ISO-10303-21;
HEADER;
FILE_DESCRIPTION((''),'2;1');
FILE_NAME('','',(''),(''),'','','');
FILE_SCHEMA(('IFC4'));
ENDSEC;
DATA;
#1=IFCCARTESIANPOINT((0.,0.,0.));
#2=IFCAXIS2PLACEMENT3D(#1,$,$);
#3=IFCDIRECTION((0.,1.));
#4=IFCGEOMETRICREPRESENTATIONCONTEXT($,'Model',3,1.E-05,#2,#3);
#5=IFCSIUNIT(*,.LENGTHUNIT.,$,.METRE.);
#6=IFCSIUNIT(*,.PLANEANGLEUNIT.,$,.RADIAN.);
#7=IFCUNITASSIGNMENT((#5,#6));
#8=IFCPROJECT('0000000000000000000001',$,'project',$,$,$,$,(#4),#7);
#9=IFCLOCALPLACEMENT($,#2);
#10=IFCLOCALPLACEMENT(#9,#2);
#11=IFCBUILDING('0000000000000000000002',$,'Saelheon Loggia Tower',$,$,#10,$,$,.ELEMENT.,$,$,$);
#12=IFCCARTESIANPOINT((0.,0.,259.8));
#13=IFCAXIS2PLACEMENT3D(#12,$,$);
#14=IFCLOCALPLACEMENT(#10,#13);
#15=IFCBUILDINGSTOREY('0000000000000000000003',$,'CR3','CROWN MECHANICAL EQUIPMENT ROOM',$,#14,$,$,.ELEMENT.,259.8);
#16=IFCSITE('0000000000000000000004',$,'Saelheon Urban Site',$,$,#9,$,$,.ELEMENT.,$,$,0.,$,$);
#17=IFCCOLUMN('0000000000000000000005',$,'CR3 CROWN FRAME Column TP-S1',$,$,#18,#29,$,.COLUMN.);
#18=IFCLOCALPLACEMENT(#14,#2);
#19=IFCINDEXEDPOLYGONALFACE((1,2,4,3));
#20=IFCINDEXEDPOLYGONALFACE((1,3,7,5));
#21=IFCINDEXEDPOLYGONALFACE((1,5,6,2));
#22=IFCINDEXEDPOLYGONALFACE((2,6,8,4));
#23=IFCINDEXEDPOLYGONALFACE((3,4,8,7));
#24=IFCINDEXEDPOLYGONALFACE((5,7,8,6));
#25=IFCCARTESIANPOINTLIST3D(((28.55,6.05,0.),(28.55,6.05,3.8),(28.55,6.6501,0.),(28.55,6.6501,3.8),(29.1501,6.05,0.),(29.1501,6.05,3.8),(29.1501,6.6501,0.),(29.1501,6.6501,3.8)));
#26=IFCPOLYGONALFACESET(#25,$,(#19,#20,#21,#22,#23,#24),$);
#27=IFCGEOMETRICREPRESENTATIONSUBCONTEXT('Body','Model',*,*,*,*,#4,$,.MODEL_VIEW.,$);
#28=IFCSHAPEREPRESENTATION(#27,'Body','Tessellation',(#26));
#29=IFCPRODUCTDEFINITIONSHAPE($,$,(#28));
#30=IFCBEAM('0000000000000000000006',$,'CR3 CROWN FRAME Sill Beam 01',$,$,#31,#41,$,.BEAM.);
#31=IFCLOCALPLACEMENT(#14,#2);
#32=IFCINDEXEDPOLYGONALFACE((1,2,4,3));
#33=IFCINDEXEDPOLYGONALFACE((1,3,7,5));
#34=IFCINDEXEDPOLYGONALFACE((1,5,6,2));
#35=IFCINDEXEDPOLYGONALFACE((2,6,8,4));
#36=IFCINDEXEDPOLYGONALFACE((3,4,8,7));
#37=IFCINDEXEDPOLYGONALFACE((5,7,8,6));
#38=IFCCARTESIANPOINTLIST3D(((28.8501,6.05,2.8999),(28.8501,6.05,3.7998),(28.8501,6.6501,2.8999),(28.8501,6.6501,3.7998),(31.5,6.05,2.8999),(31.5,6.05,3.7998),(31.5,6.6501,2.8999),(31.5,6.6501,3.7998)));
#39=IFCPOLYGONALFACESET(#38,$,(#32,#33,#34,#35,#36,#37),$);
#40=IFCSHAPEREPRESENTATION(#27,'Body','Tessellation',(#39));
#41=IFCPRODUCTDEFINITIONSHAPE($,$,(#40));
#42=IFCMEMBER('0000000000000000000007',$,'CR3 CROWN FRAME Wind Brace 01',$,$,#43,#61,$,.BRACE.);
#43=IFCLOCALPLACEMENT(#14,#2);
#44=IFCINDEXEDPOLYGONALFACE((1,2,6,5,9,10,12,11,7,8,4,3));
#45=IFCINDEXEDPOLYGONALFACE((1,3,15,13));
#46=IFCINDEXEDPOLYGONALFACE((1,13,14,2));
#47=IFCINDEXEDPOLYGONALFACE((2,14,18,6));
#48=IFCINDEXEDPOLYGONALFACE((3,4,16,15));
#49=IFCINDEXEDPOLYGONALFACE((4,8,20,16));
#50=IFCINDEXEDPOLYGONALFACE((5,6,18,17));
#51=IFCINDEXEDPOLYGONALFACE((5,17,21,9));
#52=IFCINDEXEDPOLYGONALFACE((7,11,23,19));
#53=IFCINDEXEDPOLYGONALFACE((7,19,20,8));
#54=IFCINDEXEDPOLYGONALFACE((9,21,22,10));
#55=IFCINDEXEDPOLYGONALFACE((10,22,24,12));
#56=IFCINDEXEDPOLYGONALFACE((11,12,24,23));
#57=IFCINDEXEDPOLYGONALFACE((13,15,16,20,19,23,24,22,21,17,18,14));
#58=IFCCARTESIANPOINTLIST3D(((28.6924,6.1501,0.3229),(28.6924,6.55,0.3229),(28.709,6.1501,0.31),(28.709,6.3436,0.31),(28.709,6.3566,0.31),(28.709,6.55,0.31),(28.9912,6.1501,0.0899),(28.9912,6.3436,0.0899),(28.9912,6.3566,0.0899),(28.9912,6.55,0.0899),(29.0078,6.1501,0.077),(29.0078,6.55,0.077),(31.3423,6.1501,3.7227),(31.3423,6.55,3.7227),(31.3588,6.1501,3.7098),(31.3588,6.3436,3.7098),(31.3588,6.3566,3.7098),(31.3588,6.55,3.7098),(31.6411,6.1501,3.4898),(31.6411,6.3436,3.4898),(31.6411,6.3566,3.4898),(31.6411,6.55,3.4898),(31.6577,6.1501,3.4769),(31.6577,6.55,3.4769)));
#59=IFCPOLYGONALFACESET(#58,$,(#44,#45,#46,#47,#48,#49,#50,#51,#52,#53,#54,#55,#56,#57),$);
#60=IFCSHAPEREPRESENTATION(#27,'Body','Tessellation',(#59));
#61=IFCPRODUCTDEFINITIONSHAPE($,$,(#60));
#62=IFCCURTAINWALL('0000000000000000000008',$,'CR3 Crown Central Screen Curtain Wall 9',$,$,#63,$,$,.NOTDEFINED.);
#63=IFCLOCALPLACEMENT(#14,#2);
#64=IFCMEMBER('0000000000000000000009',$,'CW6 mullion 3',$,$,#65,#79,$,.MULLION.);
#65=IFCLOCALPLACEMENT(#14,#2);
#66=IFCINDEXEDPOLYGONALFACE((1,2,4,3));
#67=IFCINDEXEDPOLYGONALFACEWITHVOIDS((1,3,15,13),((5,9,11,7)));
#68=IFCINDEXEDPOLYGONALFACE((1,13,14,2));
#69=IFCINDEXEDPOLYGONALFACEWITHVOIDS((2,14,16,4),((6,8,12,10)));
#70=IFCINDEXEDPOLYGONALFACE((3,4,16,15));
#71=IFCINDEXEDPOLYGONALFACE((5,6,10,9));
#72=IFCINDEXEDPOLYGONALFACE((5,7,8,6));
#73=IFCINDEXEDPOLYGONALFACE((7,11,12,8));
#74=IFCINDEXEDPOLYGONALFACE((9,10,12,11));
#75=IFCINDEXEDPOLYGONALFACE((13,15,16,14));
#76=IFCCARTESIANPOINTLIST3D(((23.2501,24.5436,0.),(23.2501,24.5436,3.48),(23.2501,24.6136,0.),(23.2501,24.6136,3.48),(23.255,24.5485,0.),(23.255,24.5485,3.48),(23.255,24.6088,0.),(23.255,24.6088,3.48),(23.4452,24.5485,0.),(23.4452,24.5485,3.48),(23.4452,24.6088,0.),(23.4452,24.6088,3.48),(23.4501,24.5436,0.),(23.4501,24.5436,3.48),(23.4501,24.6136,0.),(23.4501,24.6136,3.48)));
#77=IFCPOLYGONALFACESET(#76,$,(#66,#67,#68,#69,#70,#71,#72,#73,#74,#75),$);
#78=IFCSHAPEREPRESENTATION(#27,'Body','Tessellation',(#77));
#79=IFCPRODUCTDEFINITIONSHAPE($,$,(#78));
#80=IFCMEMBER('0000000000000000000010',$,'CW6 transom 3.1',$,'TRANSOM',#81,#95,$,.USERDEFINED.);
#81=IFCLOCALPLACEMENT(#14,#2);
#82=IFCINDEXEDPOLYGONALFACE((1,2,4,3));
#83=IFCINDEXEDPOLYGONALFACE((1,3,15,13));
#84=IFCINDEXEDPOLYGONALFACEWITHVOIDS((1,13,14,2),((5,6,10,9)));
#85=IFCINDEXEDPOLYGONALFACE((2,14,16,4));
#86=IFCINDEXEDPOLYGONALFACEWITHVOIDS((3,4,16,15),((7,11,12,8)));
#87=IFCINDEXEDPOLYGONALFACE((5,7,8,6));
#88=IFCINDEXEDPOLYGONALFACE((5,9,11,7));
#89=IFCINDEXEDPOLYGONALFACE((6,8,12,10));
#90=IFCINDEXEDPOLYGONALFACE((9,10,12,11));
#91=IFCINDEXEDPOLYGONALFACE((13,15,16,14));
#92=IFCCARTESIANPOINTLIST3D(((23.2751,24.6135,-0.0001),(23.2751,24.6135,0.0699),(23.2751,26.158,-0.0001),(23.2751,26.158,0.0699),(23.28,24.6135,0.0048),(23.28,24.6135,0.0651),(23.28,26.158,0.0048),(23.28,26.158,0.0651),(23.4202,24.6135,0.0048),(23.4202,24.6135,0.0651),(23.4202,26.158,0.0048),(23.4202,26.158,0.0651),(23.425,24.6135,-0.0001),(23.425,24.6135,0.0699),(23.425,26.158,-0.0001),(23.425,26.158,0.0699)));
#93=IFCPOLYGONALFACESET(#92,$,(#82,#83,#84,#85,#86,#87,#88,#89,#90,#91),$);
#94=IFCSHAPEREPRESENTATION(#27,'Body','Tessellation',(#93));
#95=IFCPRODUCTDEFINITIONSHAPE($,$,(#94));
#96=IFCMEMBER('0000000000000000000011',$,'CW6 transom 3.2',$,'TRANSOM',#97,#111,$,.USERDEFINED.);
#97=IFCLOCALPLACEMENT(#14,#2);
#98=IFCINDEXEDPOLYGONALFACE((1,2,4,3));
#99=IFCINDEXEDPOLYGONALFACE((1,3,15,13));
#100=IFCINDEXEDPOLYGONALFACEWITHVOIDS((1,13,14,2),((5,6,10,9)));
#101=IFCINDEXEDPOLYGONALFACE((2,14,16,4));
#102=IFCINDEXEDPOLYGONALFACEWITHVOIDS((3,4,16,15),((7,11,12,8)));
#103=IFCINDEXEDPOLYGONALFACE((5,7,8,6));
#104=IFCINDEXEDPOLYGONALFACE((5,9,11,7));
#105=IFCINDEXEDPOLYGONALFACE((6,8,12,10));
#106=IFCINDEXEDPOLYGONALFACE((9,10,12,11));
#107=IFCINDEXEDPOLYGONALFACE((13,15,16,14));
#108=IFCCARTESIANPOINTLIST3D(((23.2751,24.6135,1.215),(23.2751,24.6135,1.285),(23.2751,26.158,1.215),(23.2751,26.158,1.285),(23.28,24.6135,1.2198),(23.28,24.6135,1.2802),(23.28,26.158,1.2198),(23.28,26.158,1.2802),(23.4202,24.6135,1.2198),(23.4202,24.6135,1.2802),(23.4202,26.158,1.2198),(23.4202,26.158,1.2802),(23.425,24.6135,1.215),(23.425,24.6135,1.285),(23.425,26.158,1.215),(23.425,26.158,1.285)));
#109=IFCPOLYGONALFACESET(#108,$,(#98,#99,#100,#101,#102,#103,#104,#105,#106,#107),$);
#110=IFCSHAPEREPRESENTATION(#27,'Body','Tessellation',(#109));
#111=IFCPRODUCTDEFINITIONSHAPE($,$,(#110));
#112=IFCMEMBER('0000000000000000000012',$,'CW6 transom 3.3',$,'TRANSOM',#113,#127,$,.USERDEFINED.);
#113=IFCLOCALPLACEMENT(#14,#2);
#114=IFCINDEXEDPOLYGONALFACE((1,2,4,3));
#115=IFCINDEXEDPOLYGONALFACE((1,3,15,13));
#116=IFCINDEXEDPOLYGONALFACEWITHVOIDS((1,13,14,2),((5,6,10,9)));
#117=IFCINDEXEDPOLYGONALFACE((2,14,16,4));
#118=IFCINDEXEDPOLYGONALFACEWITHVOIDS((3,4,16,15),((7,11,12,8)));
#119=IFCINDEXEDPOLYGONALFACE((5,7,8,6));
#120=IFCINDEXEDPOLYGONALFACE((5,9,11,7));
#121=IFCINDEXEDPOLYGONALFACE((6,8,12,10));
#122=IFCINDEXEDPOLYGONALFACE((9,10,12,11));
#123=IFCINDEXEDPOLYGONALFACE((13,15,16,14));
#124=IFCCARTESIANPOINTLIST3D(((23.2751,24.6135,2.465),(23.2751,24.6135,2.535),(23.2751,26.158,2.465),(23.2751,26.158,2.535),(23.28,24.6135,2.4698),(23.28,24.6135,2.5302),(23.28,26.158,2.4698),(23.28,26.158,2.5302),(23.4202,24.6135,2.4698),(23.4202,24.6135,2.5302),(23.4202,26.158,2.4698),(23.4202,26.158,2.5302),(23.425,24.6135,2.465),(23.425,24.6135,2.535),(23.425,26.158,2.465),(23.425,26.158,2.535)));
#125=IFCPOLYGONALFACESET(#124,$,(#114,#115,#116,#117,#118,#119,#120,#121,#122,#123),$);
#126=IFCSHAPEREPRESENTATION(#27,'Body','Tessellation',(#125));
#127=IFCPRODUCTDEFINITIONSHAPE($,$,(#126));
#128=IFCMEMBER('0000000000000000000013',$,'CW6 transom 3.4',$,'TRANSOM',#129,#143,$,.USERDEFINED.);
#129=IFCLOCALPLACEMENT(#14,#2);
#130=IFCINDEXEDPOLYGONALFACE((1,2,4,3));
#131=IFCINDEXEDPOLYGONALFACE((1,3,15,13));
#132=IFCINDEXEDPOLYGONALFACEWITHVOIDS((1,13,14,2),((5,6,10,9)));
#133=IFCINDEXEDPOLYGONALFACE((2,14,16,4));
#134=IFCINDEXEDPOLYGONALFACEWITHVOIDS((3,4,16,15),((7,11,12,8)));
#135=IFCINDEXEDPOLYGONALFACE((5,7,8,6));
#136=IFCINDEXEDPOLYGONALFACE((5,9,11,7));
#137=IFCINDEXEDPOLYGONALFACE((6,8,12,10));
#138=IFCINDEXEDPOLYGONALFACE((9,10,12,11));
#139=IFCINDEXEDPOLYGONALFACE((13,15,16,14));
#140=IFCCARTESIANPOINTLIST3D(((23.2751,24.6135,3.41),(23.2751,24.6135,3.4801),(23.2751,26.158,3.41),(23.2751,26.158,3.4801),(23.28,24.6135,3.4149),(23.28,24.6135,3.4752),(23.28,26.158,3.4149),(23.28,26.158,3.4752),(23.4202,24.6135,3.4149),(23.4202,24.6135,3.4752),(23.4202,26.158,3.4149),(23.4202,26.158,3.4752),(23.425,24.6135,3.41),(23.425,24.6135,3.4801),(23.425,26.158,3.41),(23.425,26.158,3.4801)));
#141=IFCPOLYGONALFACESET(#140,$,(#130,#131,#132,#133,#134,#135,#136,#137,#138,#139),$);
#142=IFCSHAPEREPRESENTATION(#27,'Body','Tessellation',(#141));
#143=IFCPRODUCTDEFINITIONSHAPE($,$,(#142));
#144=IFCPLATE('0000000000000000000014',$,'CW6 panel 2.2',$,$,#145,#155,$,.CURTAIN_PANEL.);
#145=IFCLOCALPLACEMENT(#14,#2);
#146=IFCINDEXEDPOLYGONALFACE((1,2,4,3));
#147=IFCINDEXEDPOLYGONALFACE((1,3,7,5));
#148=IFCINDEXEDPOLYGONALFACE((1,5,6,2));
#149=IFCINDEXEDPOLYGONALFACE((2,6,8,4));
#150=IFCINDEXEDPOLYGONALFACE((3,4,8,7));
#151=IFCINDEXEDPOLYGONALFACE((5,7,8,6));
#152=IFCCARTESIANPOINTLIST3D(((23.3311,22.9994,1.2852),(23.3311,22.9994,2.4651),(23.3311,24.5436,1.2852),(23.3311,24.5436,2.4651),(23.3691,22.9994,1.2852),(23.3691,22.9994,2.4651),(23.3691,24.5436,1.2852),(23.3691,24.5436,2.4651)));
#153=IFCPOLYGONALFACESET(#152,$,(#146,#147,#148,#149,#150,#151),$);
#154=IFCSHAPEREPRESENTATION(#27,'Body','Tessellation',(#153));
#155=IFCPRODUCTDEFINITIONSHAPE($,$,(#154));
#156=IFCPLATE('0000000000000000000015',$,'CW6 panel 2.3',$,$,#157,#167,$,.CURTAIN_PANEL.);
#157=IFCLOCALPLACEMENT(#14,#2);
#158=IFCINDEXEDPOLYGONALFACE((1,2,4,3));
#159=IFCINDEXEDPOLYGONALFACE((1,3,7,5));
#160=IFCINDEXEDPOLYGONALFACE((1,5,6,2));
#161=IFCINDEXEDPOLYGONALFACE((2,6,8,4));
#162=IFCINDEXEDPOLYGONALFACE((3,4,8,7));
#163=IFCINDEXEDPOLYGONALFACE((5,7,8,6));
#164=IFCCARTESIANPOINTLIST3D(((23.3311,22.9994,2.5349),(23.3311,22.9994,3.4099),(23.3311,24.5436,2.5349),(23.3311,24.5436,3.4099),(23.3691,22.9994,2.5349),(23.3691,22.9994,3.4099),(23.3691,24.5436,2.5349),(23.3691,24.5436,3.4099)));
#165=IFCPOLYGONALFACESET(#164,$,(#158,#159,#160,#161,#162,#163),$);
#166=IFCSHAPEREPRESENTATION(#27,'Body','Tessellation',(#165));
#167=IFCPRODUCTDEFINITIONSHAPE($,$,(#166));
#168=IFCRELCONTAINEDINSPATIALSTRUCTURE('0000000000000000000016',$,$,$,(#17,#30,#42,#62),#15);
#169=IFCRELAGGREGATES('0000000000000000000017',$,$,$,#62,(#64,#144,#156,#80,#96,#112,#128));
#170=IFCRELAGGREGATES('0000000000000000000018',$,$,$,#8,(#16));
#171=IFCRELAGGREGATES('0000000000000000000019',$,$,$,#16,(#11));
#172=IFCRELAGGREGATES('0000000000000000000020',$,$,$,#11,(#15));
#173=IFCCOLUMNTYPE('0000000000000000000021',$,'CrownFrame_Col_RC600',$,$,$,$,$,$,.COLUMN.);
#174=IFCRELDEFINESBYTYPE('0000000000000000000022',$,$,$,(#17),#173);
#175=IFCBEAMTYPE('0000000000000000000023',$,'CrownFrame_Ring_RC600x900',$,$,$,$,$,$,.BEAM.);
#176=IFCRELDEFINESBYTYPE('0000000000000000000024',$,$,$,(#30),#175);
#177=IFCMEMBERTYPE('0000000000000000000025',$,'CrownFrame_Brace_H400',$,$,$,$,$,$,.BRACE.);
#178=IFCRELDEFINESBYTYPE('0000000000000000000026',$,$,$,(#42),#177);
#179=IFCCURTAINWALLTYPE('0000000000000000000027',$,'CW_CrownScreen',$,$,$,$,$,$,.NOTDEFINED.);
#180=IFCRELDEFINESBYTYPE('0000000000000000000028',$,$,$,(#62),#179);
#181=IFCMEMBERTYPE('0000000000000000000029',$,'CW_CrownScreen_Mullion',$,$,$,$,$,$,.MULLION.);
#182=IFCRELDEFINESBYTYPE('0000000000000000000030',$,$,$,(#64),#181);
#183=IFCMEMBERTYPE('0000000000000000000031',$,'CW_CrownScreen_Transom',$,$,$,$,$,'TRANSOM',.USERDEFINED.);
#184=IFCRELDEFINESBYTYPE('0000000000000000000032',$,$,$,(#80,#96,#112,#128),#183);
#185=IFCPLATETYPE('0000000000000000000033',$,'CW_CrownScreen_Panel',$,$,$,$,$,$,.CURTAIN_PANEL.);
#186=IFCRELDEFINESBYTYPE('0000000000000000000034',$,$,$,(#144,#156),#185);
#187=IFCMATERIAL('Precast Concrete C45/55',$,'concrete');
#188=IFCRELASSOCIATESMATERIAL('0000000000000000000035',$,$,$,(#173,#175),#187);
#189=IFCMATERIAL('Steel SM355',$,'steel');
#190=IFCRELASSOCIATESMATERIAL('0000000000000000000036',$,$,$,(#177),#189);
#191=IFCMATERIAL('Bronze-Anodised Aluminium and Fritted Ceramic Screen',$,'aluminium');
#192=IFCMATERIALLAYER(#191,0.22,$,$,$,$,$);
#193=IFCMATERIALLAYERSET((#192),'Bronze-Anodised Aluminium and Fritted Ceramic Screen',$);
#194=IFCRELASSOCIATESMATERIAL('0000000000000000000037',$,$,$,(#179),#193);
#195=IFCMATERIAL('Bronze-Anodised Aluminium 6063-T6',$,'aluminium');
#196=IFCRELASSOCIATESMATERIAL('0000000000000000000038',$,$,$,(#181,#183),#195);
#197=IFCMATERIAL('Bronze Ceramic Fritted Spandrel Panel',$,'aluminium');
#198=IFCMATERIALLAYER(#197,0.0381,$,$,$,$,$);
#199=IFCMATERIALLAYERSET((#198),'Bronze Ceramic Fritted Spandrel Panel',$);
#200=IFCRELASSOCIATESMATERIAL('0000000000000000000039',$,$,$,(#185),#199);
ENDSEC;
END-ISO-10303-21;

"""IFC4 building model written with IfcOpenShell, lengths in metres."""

from ifc_helpers import new_model, si_unit, direction, frame, origin, origin_2d, place, context, subcontext, project, spatial, rectangle, hollow_rectangle, i_section, extrude, source, transform, mapped, material, layer, layer_set, material_profile, profile_set, type_object, element, aggregate, save


model = new_model("IFC4")

# Units and contexts
model_context = context("Model", 3, precision=1e-05, world=origin(), true_north=direction((0.0, 1.0)))
body_context = subcontext(model_context, "Body", "Model", "MODEL_VIEW")
ifc_project = project(units=[si_unit("LENGTHUNIT", "METRE"), si_unit("PLANEANGLEUNIT", "RADIAN")], contexts=[model_context])

# Site, building, storey
site_placement = place(None, origin())
site = spatial("IfcSite", under=ifc_project, at=site_placement, Name="Saelheon Urban Site", CompositionType="ELEMENT", RefElevation=0.0)
building_placement = place(site_placement, origin())
building = spatial("IfcBuilding", under=site, at=building_placement, Name="Saelheon Loggia Tower", CompositionType="ELEMENT")
storey_placement = place(building_placement, frame((0.0, 0.0, 259.8)))
storey = spatial("IfcBuildingStorey", under=building, at=storey_placement, Name="CR3", Description="CROWN MECHANICAL EQUIPMENT ROOM", CompositionType="ELEMENT", Elevation=259.8)

# Column
ifc_material_1 = material(Name="Precast Concrete C45/55", Category="concrete")
ifc_material_profile_1 = material_profile(ifc_material_1, rectangle(XDim=0.6001, YDim=0.6001, at=origin_2d()), Name="RC-600x600")
ifc_profile_set_1 = profile_set([ifc_material_profile_1], Name="Precast Concrete C45/55")
column_type = type_object("IfcColumnType", Name="CrownFrame_Col_RC600", PredefinedType="COLUMN", material=ifc_profile_set_1)
shared_shape_1 = source(origin(), body_context, "Body", "SweptSolid", [
    extrude(rectangle(XDim=0.6001, YDim=0.6001, at=origin_2d()), origin(), (0.0, 0.0, 1.0), 3.8),
])
column_placement = place(storey_placement, frame((28.8501, 6.3501, 0.0), z_axis=(0.0, 0.0, 1.0), x_axis=(1.0, 0.0, 0.0)))
element("IfcColumn", 1, at=column_placement, inside=storey, type_object=column_type, Name="CR3 CROWN FRAME Column TP-S1", PredefinedType="COLUMN", context=body_context, shape_type="MappedRepresentation", body=[
    mapped(shared_shape_1, transform((0.0, 0.0, 0.0), scale=1.0)),
])

# Beam
ifc_material_profile_2 = material_profile(ifc_material_1, rectangle(XDim=0.6001, YDim=0.8999, at=origin_2d()), Name="RC-600x900")
ifc_profile_set_2 = profile_set([ifc_material_profile_2], Name="Precast Concrete C45/55")
beam_type = type_object("IfcBeamType", Name="CrownFrame_Ring_RC600x900", PredefinedType="BEAM", material=ifc_profile_set_2)
shared_shape_2 = source(origin(), body_context, "Body", "SweptSolid", [
    extrude(rectangle(XDim=0.6001, YDim=0.8999, at=origin_2d()), origin(), (0.0, 0.0, 1.0), 2.6499),
])
beam_placement = place(storey_placement, frame((28.8501, 6.3501, 3.3499), z_axis=(1.0, 0.0, 0.0), x_axis=(0.0, 1.0, 0.0)))
element("IfcBeam", 2, at=beam_placement, inside=storey, type_object=beam_type, Name="CR3 CROWN FRAME Sill Beam 01", PredefinedType="BEAM", context=body_context, shape_type="MappedRepresentation", body=[
    mapped(shared_shape_2, transform((0.0, 0.0, 0.0), scale=1.0)),
])

# Member
ifc_material_2 = material(Name="Steel SM355", Category="steel")
ifc_material_profile_3 = material_profile(ifc_material_2, i_section(OverallWidth=0.3999, OverallDepth=0.3999, WebThickness=0.0129, FlangeThickness=0.021, at=origin_2d()), Name="H-400x400x13x21")
ifc_profile_set_3 = profile_set([ifc_material_profile_3], Name="Steel SM355")
member_type_1 = type_object("IfcMemberType", Name="CrownFrame_Brace_H400", PredefinedType="BRACE", material=ifc_profile_set_3)
shared_shape_3 = source(origin(), body_context, "Body", "SweptSolid", [
    extrude(i_section(OverallWidth=0.3999, OverallDepth=0.3999, WebThickness=0.0129, FlangeThickness=0.021, at=origin_2d()), origin(), (0.0, 0.0, 1.0), 4.3105),
])
member_1_placement = place(storey_placement, frame((28.8501, 6.3501, 0.2), z_axis=(0.61474, 0.0, 0.78873), x_axis=(0.0, 1.0, 0.0)))
element("IfcMember", 3, at=member_1_placement, inside=storey, type_object=member_type_1, Name="CR3 CROWN FRAME Wind Brace 01", PredefinedType="BRACE", context=body_context, shape_type="MappedRepresentation", body=[
    mapped(shared_shape_3, transform((0.0, 0.0, 0.0), scale=1.0)),
])

# Curtain wall, members, plates
ifc_material_3 = material(Name="Bronze-Anodised Aluminium and Fritted Ceramic Screen", Category="aluminium")
ifc_layer_1 = layer(ifc_material_3, 0.22)
ifc_layer_set_1 = layer_set([ifc_layer_1], Name="Bronze-Anodised Aluminium and Fritted Ceramic Screen")
curtain_wall_type = type_object("IfcCurtainWallType", Name="CW_CrownScreen", PredefinedType="NOTDEFINED", material=ifc_layer_set_1)
curtain_wall_placement = place(storey_placement, origin())
curtain_wall = element("IfcCurtainWall", 4, at=curtain_wall_placement, inside=storey, type_object=curtain_wall_type, Name="CR3 Crown Central Screen Curtain Wall 9", PredefinedType="NOTDEFINED")
ifc_material_4 = material(Name="Bronze-Anodised Aluminium 6063-T6", Category="aluminium")
ifc_material_profile_4 = material_profile(ifc_material_4, hollow_rectangle(XDim=0.0701, YDim=0.2, WallThickness=0.0049, at=origin_2d()), Name="RHS-200x70x5")
ifc_profile_set_4 = profile_set([ifc_material_profile_4], Name="Bronze-Anodised Aluminium 6063-T6")
member_type_2 = type_object("IfcMemberType", Name="CW_CrownScreen_Mullion", PredefinedType="MULLION", material=ifc_profile_set_4)
shared_shape_4 = source(origin(), body_context, "Body", "SweptSolid", [
    extrude(hollow_rectangle(XDim=0.0701, YDim=0.2, WallThickness=0.0049, at=origin_2d()), origin(), (0.0, 0.0, 1.0), 3.48),
])
member_2_placement = place(storey_placement, frame((23.3501, 24.5786, 0.0), z_axis=(0.0, 0.0, 1.0), x_axis=(0.0, 1.0, 0.0)))
member_2 = element("IfcMember", 5, at=member_2_placement, type_object=member_type_2, Name="CW6 mullion 3", PredefinedType="MULLION", context=body_context, shape_type="MappedRepresentation", body=[
    mapped(shared_shape_4, transform((0.0, 0.0, 0.0), scale=1.0)),
])
ifc_material_profile_5 = material_profile(ifc_material_4, hollow_rectangle(XDim=0.0701, YDim=0.1499, WallThickness=0.0049, at=origin_2d()), Name="RHS-150x70x5")
ifc_profile_set_5 = profile_set([ifc_material_profile_5], Name="Bronze-Anodised Aluminium 6063-T6")
member_type_3 = type_object("IfcMemberType", Name="CW_CrownScreen_Transom", ElementType="TRANSOM", PredefinedType="USERDEFINED", material=ifc_profile_set_5)
shared_shape_5 = source(origin(), body_context, "Body", "SweptSolid", [
    extrude(hollow_rectangle(XDim=0.0701, YDim=0.1499, WallThickness=0.0049, at=origin_2d()), origin(), (0.0, 0.0, 1.0), 1.5444),
])
member_3_placement = place(storey_placement, frame((23.3501, 24.6135, 0.0349), z_axis=(0.0, 1.0, 0.0), x_axis=(0.0, 0.0, 1.0)))
member_3 = element("IfcMember", 6, at=member_3_placement, type_object=member_type_3, Name="CW6 transom 3.1", ObjectType="TRANSOM", PredefinedType="USERDEFINED", context=body_context, shape_type="MappedRepresentation", body=[
    mapped(shared_shape_5, transform((0.0, 0.0, 0.0), scale=1.0)),
])
member_4_placement = place(storey_placement, frame((23.3501, 24.6135, 1.25), z_axis=(0.0, 1.0, 0.0), x_axis=(0.0, 0.0, 1.0)))
member_4 = element("IfcMember", 7, at=member_4_placement, type_object=member_type_3, Name="CW6 transom 3.2", ObjectType="TRANSOM", PredefinedType="USERDEFINED", context=body_context, shape_type="MappedRepresentation", body=[
    mapped(shared_shape_5, transform((0.0, 0.0, 0.0), scale=1.0)),
])
member_5_placement = place(storey_placement, frame((23.3501, 24.6135, 2.5), z_axis=(0.0, 1.0, 0.0), x_axis=(0.0, 0.0, 1.0)))
member_5 = element("IfcMember", 8, at=member_5_placement, type_object=member_type_3, Name="CW6 transom 3.3", ObjectType="TRANSOM", PredefinedType="USERDEFINED", context=body_context, shape_type="MappedRepresentation", body=[
    mapped(shared_shape_5, transform((0.0, 0.0, 0.0), scale=1.0)),
])
member_6_placement = place(storey_placement, frame((23.3501, 24.6135, 3.4451), z_axis=(0.0, 1.0, 0.0), x_axis=(0.0, 0.0, 1.0)))
member_6 = element("IfcMember", 9, at=member_6_placement, type_object=member_type_3, Name="CW6 transom 3.4", ObjectType="TRANSOM", PredefinedType="USERDEFINED", context=body_context, shape_type="MappedRepresentation", body=[
    mapped(shared_shape_5, transform((0.0, 0.0, 0.0), scale=1.0)),
])
ifc_material_5 = material(Name="Bronze Ceramic Fritted Spandrel Panel", Category="aluminium")
ifc_layer_2 = layer(ifc_material_5, 0.0381)
ifc_layer_set_2 = layer_set([ifc_layer_2], Name="Bronze Ceramic Fritted Spandrel Panel")
plate_type = type_object("IfcPlateType", Name="CW_CrownScreen_Panel", PredefinedType="CURTAIN_PANEL", material=ifc_layer_set_2)
shared_shape_6 = source(origin(), body_context, "Body", "SweptSolid", [
    extrude(rectangle(XDim=1.5442, YDim=0.0381, at=origin_2d()), origin(), (0.0, 0.0, 1.0), 1.1799),
])
plate_1_placement = place(storey_placement, frame((23.3501, 23.7715, 1.2852), z_axis=(0.0, 0.0, 1.0), x_axis=(0.0, 1.0, 0.0)))
plate_1 = element("IfcPlate", 10, at=plate_1_placement, type_object=plate_type, Name="CW6 panel 2.2", PredefinedType="CURTAIN_PANEL", context=body_context, shape_type="MappedRepresentation", body=[
    mapped(shared_shape_6, transform((0.0, 0.0, 0.0), scale=1.0)),
])
shared_shape_7 = source(origin(), body_context, "Body", "SweptSolid", [
    extrude(rectangle(XDim=1.5442, YDim=0.0381, at=origin_2d()), origin(), (0.0, 0.0, 1.0), 0.875),
])
plate_2_placement = place(storey_placement, frame((23.3501, 23.7715, 2.5349), z_axis=(0.0, 0.0, 1.0), x_axis=(0.0, 1.0, 0.0)))
plate_2 = element("IfcPlate", 11, at=plate_2_placement, type_object=plate_type, Name="CW6 panel 2.3", PredefinedType="CURTAIN_PANEL", context=body_context, shape_type="MappedRepresentation", body=[
    mapped(shared_shape_7, transform((0.0, 0.0, 0.0), scale=1.0)),
])
aggregate(curtain_wall, [member_2, plate_1, plate_2, member_3, member_4, member_5, member_6])

save(model, "model.ifc")
